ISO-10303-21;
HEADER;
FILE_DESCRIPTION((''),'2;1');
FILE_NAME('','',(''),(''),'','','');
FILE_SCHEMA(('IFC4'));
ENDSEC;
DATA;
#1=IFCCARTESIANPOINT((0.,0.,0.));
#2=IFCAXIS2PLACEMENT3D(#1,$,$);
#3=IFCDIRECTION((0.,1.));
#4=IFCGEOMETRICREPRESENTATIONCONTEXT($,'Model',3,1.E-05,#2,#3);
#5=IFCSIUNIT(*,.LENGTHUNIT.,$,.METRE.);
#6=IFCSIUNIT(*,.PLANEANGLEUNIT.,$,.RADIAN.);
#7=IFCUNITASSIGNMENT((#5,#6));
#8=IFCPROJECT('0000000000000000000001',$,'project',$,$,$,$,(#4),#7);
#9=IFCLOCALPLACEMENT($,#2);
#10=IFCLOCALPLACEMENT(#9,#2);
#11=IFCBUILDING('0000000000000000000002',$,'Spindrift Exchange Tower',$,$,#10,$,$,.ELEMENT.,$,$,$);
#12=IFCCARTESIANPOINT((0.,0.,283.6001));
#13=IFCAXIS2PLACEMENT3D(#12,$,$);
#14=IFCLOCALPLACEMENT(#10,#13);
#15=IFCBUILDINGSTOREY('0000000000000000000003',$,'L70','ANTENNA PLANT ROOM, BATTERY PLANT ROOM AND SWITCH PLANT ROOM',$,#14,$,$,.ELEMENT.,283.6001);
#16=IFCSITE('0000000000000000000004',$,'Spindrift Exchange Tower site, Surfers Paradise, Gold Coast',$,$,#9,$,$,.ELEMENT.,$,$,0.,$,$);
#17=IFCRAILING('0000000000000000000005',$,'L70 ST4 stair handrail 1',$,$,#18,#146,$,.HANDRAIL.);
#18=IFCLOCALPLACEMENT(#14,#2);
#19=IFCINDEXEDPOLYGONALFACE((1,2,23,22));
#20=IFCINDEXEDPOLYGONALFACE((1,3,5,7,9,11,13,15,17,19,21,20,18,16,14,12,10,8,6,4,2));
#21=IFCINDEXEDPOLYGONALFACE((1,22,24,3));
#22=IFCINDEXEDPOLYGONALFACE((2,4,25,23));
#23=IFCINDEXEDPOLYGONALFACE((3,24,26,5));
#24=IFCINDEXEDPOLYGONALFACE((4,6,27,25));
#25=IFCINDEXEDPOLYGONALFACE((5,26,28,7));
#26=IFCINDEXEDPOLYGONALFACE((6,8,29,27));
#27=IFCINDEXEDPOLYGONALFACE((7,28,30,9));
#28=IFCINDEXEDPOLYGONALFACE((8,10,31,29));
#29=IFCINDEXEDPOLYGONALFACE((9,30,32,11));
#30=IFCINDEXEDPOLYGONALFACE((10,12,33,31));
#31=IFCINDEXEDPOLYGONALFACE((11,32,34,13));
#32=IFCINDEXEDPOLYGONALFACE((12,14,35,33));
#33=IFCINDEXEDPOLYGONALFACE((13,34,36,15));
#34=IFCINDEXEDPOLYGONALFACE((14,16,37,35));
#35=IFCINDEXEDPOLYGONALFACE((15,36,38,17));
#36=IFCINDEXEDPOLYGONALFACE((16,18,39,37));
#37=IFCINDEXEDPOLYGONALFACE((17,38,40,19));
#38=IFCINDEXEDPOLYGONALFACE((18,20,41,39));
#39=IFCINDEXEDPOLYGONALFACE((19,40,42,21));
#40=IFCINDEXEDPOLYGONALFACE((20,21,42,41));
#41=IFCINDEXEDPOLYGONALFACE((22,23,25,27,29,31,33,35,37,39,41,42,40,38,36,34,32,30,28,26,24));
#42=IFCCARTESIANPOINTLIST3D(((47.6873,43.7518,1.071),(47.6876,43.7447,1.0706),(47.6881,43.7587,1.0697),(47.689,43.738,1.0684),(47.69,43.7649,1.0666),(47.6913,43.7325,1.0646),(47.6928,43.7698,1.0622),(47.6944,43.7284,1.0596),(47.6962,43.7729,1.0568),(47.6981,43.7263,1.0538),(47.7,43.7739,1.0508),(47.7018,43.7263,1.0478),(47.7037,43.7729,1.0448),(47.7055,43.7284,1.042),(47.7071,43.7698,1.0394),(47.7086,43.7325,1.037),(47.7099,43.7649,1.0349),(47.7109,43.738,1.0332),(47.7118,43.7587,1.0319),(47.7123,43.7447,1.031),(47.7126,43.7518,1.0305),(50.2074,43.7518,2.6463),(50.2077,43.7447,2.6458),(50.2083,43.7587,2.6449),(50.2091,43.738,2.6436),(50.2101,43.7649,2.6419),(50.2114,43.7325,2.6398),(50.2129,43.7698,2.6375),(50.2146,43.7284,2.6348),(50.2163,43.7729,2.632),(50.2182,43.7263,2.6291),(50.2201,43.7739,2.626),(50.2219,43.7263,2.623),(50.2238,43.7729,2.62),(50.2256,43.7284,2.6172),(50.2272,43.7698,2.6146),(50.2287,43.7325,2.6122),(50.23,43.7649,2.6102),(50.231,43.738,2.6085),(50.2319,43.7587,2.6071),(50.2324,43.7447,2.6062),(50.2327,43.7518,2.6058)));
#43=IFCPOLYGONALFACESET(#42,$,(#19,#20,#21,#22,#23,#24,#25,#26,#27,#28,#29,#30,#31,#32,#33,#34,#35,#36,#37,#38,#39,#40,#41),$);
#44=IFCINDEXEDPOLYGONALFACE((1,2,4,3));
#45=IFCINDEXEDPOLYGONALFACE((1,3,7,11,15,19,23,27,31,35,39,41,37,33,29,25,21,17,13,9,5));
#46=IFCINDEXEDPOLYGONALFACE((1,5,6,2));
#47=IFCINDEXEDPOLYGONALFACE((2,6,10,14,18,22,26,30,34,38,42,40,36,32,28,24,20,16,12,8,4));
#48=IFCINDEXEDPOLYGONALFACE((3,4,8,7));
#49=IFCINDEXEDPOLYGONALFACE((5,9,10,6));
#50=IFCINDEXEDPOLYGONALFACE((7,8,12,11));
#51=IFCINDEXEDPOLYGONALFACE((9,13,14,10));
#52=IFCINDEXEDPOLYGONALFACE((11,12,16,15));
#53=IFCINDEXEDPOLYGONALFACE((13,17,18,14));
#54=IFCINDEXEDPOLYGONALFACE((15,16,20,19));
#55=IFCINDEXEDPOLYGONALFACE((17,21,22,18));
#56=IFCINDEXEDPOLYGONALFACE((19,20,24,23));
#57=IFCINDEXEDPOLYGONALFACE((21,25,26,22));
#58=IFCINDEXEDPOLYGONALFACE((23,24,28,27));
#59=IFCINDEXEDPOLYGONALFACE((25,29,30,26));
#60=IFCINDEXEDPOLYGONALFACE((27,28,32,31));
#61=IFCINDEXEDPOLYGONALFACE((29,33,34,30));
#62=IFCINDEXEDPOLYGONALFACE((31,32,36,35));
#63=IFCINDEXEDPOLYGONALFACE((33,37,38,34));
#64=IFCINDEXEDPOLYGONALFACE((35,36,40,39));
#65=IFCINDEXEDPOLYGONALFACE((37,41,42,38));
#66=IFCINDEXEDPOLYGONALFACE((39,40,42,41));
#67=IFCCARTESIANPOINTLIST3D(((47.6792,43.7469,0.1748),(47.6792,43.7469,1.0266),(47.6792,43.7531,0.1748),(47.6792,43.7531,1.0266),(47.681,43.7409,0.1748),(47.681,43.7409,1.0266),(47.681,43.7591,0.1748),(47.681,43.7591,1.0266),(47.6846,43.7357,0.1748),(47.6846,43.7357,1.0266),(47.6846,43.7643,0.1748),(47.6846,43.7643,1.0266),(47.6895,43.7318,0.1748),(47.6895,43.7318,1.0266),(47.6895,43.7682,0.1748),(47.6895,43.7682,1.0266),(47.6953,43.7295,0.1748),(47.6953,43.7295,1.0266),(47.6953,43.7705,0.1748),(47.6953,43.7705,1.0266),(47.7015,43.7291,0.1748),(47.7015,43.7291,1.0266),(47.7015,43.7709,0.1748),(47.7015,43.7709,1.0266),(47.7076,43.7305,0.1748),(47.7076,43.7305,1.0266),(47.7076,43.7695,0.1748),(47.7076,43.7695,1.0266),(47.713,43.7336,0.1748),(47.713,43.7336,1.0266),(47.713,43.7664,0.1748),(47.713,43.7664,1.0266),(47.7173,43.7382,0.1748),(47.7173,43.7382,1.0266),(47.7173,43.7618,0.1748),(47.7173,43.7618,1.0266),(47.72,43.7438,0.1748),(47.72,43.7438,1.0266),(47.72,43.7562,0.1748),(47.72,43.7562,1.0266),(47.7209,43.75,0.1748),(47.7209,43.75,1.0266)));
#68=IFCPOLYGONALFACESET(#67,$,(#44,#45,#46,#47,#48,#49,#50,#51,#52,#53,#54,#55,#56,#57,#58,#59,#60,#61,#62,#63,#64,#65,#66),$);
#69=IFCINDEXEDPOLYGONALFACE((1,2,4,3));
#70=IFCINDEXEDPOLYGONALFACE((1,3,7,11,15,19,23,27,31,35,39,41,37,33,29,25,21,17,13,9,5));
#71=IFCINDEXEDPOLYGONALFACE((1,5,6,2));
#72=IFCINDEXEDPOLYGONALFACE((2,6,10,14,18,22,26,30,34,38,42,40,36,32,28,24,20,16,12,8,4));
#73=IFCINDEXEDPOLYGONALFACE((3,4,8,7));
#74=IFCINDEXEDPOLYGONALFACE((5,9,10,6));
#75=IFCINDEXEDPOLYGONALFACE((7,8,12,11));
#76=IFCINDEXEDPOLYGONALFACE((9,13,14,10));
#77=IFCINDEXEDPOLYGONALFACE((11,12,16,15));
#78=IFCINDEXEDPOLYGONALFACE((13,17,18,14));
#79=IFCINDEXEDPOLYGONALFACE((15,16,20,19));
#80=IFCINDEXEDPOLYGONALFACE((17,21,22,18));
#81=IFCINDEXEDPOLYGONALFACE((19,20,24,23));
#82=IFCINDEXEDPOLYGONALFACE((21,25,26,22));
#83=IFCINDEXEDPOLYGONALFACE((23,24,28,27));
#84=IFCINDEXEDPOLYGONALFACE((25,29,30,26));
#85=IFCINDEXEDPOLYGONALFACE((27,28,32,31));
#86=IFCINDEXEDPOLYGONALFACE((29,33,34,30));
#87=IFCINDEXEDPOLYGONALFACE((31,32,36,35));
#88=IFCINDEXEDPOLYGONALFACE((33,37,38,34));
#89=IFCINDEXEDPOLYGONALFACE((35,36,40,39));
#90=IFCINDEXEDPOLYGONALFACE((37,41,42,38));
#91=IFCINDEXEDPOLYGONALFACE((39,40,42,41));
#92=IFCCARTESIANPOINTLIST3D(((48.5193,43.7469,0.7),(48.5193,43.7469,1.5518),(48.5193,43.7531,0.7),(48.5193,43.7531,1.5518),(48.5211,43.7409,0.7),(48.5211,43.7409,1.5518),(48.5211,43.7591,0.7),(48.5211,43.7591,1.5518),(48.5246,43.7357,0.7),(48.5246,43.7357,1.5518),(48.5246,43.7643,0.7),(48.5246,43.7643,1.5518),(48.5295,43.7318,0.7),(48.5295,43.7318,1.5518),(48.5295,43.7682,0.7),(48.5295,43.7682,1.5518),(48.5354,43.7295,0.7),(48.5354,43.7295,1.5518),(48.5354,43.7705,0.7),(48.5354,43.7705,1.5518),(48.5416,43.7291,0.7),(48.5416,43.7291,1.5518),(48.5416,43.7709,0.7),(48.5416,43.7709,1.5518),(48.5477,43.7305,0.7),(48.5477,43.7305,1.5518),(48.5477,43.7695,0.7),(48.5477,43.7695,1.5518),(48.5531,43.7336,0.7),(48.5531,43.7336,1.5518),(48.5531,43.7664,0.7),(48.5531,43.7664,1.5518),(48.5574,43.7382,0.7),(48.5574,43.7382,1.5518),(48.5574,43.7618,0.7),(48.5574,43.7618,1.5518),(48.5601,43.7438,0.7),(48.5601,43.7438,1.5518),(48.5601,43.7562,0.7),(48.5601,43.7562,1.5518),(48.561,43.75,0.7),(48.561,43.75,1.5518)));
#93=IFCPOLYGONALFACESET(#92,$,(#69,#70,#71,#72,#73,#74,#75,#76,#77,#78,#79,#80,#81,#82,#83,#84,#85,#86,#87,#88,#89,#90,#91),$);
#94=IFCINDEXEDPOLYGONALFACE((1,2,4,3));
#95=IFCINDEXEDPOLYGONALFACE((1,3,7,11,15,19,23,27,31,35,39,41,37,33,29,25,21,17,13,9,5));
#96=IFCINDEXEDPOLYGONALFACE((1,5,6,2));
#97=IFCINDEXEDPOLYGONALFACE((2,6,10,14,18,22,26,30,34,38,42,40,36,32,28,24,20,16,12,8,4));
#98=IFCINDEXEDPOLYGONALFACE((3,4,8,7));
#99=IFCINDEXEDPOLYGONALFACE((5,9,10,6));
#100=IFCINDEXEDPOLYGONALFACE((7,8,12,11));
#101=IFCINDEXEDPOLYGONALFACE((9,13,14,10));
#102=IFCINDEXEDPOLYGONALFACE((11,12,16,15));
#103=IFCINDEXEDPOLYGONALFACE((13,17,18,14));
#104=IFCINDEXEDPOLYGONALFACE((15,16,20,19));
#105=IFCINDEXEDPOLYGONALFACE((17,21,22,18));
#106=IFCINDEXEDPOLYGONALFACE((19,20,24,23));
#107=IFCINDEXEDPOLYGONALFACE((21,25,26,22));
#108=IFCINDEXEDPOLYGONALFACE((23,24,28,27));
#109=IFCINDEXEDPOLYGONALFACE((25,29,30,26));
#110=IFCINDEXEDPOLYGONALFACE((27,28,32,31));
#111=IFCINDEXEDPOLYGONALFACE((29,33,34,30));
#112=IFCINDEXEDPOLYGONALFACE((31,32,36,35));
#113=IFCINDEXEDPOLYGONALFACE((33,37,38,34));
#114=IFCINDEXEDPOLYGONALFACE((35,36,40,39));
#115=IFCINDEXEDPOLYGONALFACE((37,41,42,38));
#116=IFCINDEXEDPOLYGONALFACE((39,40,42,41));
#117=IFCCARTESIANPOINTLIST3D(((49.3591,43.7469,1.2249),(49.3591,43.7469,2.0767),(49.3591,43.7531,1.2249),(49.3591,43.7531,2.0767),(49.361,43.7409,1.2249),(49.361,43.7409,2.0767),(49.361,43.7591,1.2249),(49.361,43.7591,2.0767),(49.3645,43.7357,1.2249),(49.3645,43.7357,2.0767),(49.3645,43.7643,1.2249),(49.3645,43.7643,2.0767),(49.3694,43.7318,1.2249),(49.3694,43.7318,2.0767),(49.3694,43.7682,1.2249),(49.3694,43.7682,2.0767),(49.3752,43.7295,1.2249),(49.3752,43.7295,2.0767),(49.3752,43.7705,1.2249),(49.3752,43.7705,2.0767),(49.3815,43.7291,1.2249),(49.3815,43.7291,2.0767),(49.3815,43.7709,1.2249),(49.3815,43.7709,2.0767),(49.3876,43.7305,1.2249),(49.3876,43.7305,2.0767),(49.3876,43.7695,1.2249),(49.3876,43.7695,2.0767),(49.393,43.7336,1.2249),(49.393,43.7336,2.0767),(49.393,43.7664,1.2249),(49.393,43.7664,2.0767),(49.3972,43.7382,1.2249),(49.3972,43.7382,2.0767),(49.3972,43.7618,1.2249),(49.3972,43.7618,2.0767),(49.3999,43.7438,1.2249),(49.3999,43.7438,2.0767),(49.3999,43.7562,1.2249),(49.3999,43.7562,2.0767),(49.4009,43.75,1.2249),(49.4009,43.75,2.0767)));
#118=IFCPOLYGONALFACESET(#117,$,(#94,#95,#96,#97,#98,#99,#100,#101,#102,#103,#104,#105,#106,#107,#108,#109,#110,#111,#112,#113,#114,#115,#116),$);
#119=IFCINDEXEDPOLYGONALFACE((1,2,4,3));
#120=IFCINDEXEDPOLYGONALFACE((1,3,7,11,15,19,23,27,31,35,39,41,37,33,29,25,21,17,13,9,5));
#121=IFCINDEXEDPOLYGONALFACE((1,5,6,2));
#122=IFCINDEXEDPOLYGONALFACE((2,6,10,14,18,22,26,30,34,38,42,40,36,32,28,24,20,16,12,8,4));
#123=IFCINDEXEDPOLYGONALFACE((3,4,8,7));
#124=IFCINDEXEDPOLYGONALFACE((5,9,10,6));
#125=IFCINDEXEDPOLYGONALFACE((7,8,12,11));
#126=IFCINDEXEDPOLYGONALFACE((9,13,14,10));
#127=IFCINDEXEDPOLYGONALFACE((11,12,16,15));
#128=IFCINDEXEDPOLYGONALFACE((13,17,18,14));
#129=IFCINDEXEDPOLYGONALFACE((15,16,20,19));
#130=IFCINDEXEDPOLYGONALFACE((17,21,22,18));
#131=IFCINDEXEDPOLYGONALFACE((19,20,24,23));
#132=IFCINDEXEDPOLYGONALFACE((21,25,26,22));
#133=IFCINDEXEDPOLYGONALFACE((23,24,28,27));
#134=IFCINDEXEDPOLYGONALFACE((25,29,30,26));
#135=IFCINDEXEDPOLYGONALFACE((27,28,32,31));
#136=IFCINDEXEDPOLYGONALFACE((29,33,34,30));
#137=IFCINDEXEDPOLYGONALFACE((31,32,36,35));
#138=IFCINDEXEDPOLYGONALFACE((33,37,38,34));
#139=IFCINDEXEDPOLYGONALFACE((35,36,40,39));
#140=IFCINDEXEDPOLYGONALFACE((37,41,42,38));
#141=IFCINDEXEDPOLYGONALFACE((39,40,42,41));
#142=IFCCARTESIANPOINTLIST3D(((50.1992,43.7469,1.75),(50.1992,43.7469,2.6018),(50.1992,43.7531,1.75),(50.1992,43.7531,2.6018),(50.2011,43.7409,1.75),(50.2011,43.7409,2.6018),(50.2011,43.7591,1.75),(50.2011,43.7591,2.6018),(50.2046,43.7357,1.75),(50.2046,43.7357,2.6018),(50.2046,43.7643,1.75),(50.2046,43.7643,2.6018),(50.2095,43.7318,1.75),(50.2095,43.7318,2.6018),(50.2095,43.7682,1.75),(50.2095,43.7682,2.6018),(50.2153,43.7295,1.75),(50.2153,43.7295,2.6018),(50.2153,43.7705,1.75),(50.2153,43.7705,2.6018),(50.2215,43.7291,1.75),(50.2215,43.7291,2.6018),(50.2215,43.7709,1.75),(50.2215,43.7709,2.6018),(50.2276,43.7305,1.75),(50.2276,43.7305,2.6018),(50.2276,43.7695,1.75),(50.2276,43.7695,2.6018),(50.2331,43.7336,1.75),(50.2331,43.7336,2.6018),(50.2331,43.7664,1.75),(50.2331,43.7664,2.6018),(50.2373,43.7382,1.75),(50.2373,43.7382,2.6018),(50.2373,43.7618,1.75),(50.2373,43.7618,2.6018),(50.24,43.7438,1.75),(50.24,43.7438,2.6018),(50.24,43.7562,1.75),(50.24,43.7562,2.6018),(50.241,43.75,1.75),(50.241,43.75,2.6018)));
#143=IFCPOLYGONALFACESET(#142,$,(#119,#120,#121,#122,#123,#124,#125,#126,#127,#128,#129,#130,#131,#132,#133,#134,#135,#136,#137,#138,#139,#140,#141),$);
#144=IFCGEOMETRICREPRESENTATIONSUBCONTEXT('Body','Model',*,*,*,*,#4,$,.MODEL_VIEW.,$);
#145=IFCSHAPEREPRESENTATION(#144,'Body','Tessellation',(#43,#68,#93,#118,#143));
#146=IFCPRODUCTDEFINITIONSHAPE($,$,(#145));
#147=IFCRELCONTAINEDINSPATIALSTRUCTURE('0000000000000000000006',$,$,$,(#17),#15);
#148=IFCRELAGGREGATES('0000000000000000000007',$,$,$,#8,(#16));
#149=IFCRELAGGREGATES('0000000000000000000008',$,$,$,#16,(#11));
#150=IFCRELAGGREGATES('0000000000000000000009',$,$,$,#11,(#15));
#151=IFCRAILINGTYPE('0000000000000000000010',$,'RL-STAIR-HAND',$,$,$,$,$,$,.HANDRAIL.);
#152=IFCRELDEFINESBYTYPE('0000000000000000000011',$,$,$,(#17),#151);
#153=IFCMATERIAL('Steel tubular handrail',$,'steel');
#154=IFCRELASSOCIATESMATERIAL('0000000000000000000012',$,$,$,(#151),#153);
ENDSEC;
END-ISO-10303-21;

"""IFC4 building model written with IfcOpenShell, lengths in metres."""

from ifc_helpers import new_model, si_unit, direction, frame, origin, origin_2d, place, context, subcontext, project, spatial, circle, extrude, material, type_object, element, save


model = new_model("IFC4")

# Units and contexts
model_context = context("Model", 3, precision=1e-05, world=origin(), true_north=direction((0.0, 1.0)))
body_context = subcontext(model_context, "Body", "Model", "MODEL_VIEW")
ifc_project = project(units=[si_unit("LENGTHUNIT", "METRE"), si_unit("PLANEANGLEUNIT", "RADIAN")], contexts=[model_context])

# Site, building, storey
site_placement = place(None, origin())
site = spatial("IfcSite", under=ifc_project, at=site_placement, Name="Spindrift Exchange Tower site, Surfers Paradise, Gold Coast", CompositionType="ELEMENT", RefElevation=0.0)
building_placement = place(site_placement, origin())
building = spatial("IfcBuilding", under=site, at=building_placement, Name="Spindrift Exchange Tower", CompositionType="ELEMENT")
storey_placement = place(building_placement, frame((0.0, 0.0, 283.6001)))
storey = spatial("IfcBuildingStorey", under=building, at=storey_placement, Name="L70", Description="ANTENNA PLANT ROOM, BATTERY PLANT ROOM AND SWITCH PLANT ROOM", CompositionType="ELEMENT", Elevation=283.6001)

# Railing
ifc_material_1 = material(Name="Steel tubular handrail", Category="steel")
railing_type_1 = type_object("IfcRailingType", Name="RL-STAIR-HAND", PredefinedType="HANDRAIL", material=ifc_material_1)
railing_1_placement = place(storey_placement, frame((47.7, 43.75, 0.1748)))
element("IfcRailing", 1, at=railing_1_placement, inside=storey, type_object=railing_type_1, Name="L70 ST4 stair handrail 1", PredefinedType="HANDRAIL", context=body_context, shape_type="SweptSolid", body=[
    extrude(circle(Radius=0.0239, at=origin_2d()), frame((0.0, 0.0, 0.876), z_axis=(0.847971, 0.0, 0.530043), x_axis=(0.0, 1.0, 0.0)), (0.0, 0.0, 1.0), 2.9719),
    extrude(circle(Radius=0.021, at=origin_2d()), origin(), (0.0, 0.0, 1.0), 0.8518),
    extrude(circle(Radius=0.021, at=origin_2d()), frame((0.8401, 0.0, 0.5251)), (0.0, 0.0, 1.0), 0.8518),
    extrude(circle(Radius=0.021, at=origin_2d()), frame((1.6799, 0.0, 1.05)), (0.0, 0.0, 1.0), 0.8518),
    extrude(circle(Radius=0.021, at=origin_2d()), frame((2.52, 0.0, 1.5752)), (0.0, 0.0, 1.0), 0.8518),
])

save(model, "model.ifc")
